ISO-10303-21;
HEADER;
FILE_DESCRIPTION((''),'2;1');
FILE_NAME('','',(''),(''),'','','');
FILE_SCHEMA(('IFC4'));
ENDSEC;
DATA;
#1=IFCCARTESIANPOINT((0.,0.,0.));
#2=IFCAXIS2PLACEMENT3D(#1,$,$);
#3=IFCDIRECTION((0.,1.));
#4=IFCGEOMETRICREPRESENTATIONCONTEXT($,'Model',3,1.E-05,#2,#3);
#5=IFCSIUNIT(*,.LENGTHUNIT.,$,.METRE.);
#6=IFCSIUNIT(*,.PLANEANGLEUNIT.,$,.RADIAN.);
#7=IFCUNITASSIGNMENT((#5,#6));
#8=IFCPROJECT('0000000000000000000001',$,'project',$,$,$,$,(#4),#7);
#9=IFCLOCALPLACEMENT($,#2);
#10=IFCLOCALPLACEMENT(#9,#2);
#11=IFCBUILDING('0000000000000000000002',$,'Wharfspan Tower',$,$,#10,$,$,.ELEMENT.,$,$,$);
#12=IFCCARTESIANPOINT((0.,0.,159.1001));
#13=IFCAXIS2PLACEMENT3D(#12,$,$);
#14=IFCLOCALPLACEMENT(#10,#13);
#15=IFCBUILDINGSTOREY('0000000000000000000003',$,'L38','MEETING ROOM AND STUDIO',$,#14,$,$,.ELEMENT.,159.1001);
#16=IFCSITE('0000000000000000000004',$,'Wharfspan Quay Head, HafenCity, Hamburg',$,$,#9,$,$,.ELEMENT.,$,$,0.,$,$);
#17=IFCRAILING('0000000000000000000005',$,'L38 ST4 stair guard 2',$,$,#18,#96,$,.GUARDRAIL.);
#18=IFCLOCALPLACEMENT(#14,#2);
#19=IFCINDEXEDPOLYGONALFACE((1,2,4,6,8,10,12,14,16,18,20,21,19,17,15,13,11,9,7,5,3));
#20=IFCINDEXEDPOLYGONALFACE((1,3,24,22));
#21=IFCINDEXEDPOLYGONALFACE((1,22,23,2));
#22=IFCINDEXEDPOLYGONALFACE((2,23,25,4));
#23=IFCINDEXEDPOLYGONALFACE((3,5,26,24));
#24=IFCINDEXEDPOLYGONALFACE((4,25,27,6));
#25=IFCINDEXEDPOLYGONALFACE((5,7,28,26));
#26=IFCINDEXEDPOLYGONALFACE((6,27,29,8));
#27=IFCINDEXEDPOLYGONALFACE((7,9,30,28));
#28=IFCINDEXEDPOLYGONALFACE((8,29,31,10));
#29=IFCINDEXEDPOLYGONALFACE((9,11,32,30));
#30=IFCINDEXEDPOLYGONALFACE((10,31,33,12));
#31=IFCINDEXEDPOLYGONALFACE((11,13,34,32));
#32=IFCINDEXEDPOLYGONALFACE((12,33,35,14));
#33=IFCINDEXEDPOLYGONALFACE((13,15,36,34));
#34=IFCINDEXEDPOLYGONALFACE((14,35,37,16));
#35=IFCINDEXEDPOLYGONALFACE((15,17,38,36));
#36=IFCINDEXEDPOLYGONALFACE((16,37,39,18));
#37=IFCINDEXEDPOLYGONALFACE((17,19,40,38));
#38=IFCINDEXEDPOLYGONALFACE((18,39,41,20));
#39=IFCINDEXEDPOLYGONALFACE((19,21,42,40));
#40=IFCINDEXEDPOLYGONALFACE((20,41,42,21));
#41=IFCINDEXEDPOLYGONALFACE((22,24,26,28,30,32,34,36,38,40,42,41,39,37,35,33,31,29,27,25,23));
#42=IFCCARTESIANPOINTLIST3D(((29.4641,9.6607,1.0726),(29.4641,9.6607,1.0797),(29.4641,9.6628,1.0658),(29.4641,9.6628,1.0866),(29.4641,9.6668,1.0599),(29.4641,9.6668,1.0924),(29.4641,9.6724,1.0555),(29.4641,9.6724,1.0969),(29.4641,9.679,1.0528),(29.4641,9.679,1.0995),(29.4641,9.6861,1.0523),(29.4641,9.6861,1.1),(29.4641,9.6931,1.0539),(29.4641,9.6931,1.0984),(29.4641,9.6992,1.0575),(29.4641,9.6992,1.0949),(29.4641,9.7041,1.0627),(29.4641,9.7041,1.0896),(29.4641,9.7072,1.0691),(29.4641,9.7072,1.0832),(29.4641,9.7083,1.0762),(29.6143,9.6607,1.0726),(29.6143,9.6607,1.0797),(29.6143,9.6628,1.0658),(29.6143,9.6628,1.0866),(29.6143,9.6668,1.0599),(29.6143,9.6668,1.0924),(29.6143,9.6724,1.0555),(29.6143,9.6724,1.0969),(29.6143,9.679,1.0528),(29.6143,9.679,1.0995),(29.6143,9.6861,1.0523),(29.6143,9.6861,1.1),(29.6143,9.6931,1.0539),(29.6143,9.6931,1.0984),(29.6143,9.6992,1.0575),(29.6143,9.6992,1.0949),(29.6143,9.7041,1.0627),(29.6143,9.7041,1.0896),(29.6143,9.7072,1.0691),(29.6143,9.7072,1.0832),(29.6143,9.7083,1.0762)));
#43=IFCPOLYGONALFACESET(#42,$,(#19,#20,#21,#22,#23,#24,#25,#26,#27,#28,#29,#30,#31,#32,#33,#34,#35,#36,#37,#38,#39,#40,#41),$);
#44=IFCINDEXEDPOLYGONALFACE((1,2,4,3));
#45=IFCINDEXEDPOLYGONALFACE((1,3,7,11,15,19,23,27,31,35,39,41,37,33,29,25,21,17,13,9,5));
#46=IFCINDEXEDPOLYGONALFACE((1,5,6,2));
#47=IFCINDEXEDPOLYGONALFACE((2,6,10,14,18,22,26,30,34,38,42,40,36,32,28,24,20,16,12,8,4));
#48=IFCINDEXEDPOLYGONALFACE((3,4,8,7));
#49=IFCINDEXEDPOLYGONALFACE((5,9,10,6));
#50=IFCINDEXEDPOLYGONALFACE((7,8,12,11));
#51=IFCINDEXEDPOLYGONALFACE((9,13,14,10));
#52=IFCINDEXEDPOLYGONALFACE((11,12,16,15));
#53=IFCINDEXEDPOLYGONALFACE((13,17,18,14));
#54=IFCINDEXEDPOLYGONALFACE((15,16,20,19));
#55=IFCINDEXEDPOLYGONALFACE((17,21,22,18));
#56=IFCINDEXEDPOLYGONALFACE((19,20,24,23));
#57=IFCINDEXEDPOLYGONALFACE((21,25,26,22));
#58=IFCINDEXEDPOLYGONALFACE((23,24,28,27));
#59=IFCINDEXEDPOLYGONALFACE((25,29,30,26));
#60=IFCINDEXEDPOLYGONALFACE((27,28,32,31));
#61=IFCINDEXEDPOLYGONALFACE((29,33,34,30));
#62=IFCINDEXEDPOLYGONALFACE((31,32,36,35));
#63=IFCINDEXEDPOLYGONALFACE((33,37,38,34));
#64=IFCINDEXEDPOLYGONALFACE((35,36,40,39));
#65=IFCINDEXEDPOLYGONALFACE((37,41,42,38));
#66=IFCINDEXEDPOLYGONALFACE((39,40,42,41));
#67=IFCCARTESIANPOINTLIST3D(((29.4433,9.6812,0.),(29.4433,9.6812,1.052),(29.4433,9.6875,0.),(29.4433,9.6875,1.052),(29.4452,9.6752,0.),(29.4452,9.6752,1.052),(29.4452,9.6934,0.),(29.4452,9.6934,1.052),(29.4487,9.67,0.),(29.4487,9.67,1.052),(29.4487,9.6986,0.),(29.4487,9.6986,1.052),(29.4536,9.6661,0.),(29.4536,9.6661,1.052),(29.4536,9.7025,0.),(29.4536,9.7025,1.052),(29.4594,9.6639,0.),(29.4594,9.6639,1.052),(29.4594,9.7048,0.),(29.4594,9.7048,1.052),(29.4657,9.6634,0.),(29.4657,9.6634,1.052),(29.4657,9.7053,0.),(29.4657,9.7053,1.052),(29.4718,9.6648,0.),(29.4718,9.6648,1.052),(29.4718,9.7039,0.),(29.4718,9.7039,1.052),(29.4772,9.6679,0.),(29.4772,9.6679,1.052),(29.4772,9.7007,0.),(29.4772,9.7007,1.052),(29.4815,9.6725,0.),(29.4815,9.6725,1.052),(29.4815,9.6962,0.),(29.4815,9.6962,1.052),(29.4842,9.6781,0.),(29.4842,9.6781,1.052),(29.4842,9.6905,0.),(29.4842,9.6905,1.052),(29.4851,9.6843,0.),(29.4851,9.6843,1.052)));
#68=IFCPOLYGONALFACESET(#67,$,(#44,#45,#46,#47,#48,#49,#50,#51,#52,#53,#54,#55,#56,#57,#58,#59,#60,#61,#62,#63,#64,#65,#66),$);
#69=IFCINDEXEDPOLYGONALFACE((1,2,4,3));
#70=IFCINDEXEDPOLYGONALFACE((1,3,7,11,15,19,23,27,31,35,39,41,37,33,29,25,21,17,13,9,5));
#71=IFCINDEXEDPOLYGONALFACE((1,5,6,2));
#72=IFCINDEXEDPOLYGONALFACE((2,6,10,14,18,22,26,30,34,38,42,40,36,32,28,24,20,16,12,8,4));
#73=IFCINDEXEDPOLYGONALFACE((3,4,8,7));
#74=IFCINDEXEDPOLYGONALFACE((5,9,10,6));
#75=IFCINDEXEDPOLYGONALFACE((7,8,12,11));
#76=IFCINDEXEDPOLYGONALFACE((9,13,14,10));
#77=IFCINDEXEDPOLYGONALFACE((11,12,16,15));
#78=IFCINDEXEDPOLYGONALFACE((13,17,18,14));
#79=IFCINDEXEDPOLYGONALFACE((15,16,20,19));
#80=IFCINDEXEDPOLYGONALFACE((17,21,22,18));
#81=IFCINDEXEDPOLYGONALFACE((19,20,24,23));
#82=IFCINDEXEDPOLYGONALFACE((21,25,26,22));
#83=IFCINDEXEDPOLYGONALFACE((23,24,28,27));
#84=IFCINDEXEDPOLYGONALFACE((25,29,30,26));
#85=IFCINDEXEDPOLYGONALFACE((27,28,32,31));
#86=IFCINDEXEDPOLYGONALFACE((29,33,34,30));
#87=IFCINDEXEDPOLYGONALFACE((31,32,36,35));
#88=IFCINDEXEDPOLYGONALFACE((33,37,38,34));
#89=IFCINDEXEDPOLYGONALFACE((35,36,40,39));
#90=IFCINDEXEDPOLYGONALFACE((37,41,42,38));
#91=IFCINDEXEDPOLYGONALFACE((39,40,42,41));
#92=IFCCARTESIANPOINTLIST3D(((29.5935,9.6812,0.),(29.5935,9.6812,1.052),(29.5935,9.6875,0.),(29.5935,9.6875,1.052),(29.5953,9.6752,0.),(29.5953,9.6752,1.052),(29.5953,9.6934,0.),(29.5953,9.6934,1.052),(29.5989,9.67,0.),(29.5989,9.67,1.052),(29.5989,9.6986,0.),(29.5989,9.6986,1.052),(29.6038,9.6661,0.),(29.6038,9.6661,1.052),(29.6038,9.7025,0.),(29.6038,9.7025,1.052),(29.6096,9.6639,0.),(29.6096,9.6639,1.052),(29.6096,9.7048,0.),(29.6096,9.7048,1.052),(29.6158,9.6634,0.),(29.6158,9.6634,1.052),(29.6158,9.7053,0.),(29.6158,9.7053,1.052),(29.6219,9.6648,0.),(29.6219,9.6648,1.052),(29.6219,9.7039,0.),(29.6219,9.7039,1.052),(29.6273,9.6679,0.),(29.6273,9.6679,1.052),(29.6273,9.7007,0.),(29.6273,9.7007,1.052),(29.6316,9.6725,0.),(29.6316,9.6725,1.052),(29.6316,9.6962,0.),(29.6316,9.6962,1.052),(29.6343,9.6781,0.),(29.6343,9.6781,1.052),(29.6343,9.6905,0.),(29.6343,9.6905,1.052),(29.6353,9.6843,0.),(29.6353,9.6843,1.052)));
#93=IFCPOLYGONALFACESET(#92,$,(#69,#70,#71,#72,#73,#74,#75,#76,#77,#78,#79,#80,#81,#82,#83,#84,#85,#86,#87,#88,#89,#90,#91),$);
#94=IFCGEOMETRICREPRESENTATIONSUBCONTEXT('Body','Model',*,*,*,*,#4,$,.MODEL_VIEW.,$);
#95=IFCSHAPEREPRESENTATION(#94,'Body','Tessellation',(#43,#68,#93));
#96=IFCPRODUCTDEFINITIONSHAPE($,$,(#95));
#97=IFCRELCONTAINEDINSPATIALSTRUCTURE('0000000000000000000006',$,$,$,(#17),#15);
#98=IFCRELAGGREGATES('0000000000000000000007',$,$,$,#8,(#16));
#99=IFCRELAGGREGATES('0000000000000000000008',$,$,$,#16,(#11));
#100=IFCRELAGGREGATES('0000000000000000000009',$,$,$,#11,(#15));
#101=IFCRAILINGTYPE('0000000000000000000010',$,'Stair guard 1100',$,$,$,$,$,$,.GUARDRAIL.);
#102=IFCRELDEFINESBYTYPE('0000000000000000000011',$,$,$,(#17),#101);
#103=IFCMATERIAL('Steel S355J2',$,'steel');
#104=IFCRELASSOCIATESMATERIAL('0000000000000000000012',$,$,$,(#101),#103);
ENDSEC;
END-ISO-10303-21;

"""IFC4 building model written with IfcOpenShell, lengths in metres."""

from ifc_helpers import new_model, si_unit, direction, frame, origin, origin_2d, place, context, subcontext, project, spatial, circle, extrude, material, type_object, element, save


model = new_model("IFC4")

# Units and contexts
model_context = context("Model", 3, precision=1e-05, world=origin(), true_north=direction((0.0, 1.0)))
body_context = subcontext(model_context, "Body", "Model", "MODEL_VIEW")
ifc_project = project(units=[si_unit("LENGTHUNIT", "METRE"), si_unit("PLANEANGLEUNIT", "RADIAN")], contexts=[model_context])

# Site, building, storey
site_placement = place(None, origin())
site = spatial("IfcSite", under=ifc_project, at=site_placement, Name="Wharfspan Quay Head, HafenCity, Hamburg", CompositionType="ELEMENT", RefElevation=0.0)
building_placement = place(site_placement, origin())
building = spatial("IfcBuilding", under=site, at=building_placement, Name="Wharfspan Tower", CompositionType="ELEMENT")
storey_placement = place(building_placement, frame((0.0, 0.0, 159.1001)))
storey = spatial("IfcBuildingStorey", under=building, at=storey_placement, Name="L38", Description="MEETING ROOM AND STUDIO", CompositionType="ELEMENT", Elevation=159.1001)

# Shared definitions
ifc_material_1 = material(Name="Steel S355J2", Category="steel")

# Railing
railing_type_1 = type_object("IfcRailingType", Name="Stair guard 1100", PredefinedType="GUARDRAIL", material=ifc_material_1)
railing_1_placement = place(storey_placement, frame((29.4641, 9.6843, 0.0)))
element("IfcRailing", 1, at=railing_1_placement, inside=storey, type_object=railing_type_1, Name="L38 ST4 stair guard 2", PredefinedType="GUARDRAIL", context=body_context, shape_type="SweptSolid", body=[
    extrude(circle(Radius=0.0239, at=origin_2d()), frame((0.0, 0.0, 1.0762), z_axis=(1.0, 0.0, 0.0), x_axis=(0.0, 1.0, 0.0)), (0.0, 0.0, 1.0), 0.1501),
    extrude(circle(Radius=0.021, at=origin_2d()), origin(), (0.0, 0.0, 1.0), 1.052),
    extrude(circle(Radius=0.021, at=origin_2d()), frame((0.1501, 0.0, 0.0)), (0.0, 0.0, 1.0), 1.052),
])

save(model, "model.ifc")
